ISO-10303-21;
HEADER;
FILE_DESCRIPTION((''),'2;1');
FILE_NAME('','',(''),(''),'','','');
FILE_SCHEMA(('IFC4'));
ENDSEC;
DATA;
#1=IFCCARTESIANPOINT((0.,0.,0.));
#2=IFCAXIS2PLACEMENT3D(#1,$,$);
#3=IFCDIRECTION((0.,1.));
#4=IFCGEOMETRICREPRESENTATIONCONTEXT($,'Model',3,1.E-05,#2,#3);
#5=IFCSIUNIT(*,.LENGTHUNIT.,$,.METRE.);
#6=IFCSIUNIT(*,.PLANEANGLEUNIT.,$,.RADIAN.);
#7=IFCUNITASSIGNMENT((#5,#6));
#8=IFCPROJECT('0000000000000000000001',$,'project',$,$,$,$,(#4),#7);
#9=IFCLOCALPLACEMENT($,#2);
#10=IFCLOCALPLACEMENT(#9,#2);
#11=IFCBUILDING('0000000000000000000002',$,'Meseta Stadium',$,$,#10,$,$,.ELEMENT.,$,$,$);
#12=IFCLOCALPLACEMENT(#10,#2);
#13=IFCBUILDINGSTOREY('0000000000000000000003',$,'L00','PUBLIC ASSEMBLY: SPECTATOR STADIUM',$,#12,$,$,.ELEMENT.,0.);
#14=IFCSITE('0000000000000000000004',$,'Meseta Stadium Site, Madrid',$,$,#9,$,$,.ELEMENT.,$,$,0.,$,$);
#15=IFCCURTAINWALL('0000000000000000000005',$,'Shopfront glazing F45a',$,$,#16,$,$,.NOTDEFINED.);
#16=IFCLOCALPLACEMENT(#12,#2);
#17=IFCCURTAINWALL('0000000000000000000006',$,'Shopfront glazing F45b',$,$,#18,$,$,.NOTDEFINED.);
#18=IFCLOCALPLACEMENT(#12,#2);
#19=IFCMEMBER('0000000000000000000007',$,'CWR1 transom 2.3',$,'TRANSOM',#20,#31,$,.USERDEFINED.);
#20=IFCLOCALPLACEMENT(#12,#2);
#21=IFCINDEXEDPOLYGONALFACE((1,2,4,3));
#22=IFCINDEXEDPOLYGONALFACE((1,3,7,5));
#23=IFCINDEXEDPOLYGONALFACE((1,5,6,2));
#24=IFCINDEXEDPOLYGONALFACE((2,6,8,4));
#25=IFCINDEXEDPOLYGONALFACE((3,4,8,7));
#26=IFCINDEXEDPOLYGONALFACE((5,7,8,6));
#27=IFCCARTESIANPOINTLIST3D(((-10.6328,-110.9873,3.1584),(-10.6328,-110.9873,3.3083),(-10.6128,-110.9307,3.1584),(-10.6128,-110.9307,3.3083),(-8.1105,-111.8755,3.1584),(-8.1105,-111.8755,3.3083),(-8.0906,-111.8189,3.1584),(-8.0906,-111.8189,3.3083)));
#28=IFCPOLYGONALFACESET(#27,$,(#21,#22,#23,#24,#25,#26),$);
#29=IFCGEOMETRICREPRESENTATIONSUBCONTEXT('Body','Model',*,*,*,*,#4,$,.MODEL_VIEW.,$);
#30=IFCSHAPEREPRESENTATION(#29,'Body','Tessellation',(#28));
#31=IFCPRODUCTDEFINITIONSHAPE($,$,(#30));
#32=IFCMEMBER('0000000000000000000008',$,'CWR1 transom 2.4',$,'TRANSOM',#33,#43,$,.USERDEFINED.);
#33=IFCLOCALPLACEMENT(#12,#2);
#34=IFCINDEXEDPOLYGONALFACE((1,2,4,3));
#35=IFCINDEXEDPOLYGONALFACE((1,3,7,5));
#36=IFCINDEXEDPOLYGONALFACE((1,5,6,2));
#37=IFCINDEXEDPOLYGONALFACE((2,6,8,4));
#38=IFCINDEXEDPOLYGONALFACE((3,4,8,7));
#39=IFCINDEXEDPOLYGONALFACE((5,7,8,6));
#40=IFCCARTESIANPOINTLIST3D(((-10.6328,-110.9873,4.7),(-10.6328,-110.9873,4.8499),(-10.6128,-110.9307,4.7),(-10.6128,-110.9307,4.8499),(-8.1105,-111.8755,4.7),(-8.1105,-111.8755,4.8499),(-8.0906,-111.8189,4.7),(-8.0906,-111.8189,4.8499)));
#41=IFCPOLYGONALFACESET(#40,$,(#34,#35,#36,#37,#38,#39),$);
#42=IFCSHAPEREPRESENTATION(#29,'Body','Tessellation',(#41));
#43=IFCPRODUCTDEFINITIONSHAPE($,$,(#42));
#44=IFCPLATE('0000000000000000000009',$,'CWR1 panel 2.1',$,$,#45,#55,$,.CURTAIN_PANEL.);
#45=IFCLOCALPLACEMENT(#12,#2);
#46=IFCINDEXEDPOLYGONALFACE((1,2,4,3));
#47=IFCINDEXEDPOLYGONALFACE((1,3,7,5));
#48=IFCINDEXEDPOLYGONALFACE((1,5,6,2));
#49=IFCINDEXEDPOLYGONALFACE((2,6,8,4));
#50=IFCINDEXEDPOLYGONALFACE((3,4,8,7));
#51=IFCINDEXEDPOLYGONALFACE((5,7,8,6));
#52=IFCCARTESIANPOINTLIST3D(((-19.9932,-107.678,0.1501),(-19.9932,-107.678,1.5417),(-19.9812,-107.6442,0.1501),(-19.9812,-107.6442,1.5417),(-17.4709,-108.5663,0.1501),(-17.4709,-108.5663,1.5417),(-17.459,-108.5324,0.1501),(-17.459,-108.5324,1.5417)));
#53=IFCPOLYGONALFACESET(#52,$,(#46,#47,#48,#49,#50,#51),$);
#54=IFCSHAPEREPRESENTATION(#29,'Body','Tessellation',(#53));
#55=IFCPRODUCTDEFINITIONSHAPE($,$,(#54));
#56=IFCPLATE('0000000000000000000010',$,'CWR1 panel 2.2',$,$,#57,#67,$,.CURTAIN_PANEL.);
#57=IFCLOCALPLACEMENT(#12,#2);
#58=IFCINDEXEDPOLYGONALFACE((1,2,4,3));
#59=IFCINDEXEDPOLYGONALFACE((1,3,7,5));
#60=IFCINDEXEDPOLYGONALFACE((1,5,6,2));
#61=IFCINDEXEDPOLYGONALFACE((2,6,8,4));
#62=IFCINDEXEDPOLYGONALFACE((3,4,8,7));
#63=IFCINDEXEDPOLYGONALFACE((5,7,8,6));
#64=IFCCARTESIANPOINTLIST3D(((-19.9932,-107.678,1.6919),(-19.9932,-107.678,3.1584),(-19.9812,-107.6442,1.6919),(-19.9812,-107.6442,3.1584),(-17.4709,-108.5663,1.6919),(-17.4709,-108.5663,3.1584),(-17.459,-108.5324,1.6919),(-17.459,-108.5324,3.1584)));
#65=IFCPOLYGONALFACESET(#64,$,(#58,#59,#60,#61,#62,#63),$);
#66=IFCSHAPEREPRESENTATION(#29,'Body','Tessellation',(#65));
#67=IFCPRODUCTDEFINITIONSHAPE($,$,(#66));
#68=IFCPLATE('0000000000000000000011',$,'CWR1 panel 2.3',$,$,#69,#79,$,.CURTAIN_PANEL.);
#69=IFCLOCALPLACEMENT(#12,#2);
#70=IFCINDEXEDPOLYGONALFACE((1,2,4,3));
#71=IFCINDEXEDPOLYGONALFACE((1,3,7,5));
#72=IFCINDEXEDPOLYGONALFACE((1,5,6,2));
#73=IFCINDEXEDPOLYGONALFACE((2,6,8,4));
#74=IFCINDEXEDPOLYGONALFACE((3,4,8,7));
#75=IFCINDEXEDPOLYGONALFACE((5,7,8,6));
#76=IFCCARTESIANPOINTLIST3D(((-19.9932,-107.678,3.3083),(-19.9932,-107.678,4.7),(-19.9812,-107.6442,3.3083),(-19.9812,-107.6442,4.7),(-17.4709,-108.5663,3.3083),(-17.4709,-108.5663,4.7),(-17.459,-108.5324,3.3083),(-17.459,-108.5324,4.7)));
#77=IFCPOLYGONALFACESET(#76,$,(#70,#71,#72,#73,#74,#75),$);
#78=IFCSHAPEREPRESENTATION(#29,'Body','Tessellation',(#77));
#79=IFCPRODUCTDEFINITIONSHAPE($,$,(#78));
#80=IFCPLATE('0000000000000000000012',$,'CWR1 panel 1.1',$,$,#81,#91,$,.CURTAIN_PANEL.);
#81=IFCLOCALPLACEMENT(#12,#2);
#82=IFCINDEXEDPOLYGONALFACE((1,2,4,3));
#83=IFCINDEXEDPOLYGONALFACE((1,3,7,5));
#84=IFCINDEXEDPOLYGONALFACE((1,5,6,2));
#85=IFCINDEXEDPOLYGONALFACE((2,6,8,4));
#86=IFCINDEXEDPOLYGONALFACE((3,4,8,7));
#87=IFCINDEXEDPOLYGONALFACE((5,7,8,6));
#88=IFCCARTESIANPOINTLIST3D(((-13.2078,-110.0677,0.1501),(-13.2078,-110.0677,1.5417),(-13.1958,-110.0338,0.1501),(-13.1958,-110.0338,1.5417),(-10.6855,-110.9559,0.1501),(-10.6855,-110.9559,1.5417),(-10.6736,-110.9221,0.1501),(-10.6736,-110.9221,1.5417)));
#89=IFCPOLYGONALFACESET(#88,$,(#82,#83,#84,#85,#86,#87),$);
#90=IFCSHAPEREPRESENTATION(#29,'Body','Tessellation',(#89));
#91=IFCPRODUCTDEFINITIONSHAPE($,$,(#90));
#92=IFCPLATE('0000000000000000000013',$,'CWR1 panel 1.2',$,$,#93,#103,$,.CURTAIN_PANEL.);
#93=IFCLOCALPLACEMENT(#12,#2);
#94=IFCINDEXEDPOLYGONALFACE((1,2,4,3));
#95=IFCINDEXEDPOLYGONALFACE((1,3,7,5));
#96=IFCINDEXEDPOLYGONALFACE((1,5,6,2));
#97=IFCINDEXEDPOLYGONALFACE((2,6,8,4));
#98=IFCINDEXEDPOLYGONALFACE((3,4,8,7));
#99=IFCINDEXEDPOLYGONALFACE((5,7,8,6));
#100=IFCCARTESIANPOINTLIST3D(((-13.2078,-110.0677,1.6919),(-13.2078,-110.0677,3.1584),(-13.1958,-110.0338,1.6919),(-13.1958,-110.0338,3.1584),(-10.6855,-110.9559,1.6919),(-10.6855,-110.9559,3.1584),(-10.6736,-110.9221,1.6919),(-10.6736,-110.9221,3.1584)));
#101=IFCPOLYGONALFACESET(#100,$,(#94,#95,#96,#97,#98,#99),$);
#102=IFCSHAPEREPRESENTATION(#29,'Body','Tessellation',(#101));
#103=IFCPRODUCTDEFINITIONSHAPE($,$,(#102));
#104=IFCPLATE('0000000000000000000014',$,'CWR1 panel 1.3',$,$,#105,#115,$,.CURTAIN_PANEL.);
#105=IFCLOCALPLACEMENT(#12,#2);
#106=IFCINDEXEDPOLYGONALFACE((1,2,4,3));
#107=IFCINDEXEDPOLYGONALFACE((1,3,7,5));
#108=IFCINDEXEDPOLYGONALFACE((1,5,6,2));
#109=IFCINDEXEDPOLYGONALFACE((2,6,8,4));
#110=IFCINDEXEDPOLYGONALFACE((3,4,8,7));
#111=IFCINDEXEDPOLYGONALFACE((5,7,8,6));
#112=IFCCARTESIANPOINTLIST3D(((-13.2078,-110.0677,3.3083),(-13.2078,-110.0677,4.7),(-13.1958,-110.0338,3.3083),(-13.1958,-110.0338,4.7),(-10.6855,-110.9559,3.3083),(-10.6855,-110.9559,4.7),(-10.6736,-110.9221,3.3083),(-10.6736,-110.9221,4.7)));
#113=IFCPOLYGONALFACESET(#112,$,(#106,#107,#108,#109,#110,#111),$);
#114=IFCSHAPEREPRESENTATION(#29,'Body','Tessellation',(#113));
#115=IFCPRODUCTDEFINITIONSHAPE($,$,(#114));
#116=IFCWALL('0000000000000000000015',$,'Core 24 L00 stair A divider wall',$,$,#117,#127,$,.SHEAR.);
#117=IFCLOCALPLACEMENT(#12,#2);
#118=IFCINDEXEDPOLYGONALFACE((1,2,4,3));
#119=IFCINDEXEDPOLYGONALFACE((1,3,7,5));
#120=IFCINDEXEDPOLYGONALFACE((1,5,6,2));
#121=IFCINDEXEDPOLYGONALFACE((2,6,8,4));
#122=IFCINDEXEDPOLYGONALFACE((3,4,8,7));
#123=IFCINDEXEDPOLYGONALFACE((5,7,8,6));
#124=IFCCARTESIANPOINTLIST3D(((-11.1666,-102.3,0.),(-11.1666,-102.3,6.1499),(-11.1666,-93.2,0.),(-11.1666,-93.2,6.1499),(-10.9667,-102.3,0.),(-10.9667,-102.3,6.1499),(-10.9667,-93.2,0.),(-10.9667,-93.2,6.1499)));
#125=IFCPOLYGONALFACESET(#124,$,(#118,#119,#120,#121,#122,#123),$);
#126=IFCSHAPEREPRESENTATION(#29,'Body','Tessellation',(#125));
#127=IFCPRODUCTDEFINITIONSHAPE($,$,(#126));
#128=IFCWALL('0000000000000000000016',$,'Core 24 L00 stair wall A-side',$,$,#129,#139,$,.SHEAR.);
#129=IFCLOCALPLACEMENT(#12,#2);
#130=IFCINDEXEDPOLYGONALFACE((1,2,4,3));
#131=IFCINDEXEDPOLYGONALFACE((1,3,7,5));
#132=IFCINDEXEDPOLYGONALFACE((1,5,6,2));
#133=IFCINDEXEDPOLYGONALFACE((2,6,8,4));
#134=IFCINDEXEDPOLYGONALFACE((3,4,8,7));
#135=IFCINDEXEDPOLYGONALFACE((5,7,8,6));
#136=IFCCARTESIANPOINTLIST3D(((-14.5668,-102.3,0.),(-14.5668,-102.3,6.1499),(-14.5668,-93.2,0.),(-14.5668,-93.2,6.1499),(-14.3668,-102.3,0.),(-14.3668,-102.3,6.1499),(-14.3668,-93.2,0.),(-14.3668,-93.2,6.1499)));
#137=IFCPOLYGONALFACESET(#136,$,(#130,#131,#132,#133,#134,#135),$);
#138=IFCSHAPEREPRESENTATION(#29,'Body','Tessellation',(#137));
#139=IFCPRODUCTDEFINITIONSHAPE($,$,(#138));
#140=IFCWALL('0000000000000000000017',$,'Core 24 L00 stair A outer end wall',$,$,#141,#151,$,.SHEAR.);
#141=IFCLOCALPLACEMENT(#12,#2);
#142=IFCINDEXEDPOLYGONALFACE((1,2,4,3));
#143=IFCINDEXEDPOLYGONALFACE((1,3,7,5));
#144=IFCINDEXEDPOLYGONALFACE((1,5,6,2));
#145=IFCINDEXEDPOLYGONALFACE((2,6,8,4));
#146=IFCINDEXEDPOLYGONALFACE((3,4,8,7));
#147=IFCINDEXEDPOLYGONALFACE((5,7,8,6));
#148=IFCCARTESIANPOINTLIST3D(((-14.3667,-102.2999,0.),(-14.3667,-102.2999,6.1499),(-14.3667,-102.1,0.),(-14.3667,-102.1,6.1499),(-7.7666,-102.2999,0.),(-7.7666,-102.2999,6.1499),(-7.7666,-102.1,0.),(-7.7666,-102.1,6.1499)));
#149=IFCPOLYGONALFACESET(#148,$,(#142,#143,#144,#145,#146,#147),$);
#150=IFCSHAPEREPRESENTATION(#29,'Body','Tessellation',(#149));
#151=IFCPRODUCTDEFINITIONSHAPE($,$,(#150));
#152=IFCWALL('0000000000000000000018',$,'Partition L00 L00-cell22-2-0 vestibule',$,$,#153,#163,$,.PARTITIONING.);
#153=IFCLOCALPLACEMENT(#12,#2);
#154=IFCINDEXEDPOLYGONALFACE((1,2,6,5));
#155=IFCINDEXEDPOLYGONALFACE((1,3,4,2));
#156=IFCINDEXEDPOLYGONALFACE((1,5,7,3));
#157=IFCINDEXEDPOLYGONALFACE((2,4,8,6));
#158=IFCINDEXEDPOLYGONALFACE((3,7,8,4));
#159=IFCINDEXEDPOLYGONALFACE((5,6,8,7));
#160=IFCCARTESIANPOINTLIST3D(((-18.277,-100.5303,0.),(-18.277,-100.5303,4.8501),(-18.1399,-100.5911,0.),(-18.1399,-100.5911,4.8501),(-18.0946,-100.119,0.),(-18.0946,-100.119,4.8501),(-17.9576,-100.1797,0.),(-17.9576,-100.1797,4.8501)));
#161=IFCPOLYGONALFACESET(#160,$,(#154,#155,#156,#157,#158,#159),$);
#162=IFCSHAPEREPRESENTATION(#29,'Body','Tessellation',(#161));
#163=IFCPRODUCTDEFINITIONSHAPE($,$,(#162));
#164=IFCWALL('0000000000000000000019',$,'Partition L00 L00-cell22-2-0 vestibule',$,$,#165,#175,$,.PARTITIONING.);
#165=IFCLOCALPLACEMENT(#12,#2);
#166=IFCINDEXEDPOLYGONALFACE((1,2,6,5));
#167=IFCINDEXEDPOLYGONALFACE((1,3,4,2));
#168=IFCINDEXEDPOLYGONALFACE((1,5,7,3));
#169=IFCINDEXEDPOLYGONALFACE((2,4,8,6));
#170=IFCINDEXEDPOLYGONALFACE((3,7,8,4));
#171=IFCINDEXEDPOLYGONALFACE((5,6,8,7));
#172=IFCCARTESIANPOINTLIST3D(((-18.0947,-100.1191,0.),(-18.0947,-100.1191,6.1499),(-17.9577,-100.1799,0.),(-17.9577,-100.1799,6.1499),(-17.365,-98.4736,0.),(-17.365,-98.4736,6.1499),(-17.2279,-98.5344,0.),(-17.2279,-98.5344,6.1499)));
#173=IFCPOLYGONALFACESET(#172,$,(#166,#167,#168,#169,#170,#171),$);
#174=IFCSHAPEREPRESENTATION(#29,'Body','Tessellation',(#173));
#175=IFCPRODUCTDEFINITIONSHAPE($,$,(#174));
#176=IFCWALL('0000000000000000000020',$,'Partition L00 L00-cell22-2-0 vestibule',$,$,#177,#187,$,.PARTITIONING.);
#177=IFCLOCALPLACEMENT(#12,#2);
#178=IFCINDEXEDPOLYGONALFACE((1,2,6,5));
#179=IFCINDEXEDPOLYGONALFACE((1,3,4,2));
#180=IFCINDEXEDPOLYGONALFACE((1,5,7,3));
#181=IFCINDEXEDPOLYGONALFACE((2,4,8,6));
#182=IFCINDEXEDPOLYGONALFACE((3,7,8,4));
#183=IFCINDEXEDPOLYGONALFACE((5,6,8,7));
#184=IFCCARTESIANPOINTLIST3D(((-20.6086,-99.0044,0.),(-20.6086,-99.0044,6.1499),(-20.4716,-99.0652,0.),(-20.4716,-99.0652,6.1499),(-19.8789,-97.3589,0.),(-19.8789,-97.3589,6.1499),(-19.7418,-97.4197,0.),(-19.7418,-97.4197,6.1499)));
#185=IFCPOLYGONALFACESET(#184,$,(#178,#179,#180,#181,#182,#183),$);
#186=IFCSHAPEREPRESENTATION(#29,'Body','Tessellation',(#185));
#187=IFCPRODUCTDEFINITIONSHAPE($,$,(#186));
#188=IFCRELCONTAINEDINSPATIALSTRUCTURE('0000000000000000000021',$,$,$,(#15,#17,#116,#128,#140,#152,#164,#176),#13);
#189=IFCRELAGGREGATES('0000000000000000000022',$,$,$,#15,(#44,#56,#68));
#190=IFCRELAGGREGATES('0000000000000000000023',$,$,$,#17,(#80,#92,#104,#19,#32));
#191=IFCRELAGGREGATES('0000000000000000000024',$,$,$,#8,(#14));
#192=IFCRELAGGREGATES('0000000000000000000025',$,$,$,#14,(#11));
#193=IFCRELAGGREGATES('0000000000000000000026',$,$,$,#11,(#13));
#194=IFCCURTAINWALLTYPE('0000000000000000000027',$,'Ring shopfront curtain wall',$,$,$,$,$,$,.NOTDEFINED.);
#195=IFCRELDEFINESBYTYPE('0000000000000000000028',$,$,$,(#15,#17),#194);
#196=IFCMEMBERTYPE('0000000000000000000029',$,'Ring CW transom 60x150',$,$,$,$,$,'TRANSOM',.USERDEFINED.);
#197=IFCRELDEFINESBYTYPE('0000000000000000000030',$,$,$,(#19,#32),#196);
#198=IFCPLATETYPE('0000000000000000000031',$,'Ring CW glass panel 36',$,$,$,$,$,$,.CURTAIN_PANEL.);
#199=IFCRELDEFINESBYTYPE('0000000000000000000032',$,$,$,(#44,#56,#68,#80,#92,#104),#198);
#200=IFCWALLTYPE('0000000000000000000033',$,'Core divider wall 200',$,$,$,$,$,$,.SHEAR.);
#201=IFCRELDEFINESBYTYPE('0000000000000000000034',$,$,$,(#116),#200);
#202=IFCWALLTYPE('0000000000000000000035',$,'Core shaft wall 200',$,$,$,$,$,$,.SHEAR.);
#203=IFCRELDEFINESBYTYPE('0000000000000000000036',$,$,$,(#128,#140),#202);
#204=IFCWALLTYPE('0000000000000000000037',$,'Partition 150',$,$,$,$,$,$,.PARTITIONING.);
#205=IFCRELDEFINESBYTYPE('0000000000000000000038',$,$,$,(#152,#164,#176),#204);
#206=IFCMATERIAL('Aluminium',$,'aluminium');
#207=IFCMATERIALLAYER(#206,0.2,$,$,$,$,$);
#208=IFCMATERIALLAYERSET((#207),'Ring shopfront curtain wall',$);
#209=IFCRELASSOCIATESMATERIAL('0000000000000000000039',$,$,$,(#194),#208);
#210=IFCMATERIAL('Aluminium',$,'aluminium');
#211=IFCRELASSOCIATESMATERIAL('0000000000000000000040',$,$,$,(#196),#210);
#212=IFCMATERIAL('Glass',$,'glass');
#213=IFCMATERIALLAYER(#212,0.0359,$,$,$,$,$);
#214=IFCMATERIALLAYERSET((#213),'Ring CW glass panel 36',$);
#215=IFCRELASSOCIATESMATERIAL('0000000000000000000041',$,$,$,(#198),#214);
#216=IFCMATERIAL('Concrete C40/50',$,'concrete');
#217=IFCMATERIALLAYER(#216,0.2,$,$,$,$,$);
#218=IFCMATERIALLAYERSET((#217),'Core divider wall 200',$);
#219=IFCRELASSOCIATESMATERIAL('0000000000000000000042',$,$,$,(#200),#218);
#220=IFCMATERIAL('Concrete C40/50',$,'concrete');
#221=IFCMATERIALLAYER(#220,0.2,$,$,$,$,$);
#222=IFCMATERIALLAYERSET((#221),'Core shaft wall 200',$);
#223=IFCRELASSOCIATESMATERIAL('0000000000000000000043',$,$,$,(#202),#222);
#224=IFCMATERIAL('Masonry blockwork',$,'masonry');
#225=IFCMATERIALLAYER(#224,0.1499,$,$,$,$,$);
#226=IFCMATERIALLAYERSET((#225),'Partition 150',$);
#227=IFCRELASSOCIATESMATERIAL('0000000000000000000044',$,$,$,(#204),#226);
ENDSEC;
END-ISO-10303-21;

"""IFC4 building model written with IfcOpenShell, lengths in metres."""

from ifc_helpers import new_model, si_unit, direction, frame, frame_2d, origin, origin_2d, place, context, subcontext, project, spatial, rectangle, extrude, material, layer, layer_set, material_profile, profile_set, type_object, element, aggregate, save


model = new_model("IFC4")

# Units and contexts
model_context = context("Model", 3, precision=1e-05, world=origin(), true_north=direction((0.0, 1.0)))
body_context = subcontext(model_context, "Body", "Model", "MODEL_VIEW")
ifc_project = project(units=[si_unit("LENGTHUNIT", "METRE"), si_unit("PLANEANGLEUNIT", "RADIAN")], contexts=[model_context])

# Site, building, storey
site_placement = place(None, origin())
site = spatial("IfcSite", under=ifc_project, at=site_placement, Name="Meseta Stadium Site, Madrid", CompositionType="ELEMENT", RefElevation=0.0)
building_placement = place(site_placement, origin())
building = spatial("IfcBuilding", under=site, at=building_placement, Name="Meseta Stadium", CompositionType="ELEMENT")
storey_placement = place(building_placement, origin())
storey = spatial("IfcBuildingStorey", under=building, at=storey_placement, Name="L00", Description="PUBLIC ASSEMBLY: SPECTATOR STADIUM", CompositionType="ELEMENT", Elevation=0.0)

# Curtain walls
ifc_material_1 = material(Name="Aluminium", Category="aluminium")
ifc_layer_1 = layer(ifc_material_1, 0.2)
ifc_layer_set_1 = layer_set([ifc_layer_1], Name="Ring shopfront curtain wall")
curtain_wall_type = type_object("IfcCurtainWallType", Name="Ring shopfront curtain wall", PredefinedType="NOTDEFINED", material=ifc_layer_set_1)
curtain_wall_1_placement = place(storey_placement, origin())
curtain_wall_1 = element("IfcCurtainWall", 1, at=curtain_wall_1_placement, inside=storey, type_object=curtain_wall_type, Name="Shopfront glazing F45a", PredefinedType="NOTDEFINED")
curtain_wall_2_placement = place(storey_placement, origin())
curtain_wall_2 = element("IfcCurtainWall", 2, at=curtain_wall_2_placement, inside=storey, type_object=curtain_wall_type, Name="Shopfront glazing F45b", PredefinedType="NOTDEFINED")

# Members
ifc_material_2 = material(Name="Aluminium", Category="aluminium")
ifc_material_profile_1 = material_profile(ifc_material_2, rectangle(XDim=0.0601, YDim=0.1499, at=origin_2d()), Name="CW 60x150")
ifc_profile_set_1 = profile_set([ifc_material_profile_1], Name="Aluminium")
member_type_1 = type_object("IfcMemberType", Name="Ring CW transom 60x150", ElementType="TRANSOM", PredefinedType="USERDEFINED", material=ifc_profile_set_1)
member_1_placement = place(storey_placement, frame((-10.6228, -110.959, 3.2334), z_axis=(0.943226, -0.332151, 0.0), x_axis=(0.332151, 0.943226, 0.0)))
member_1 = element("IfcMember", 3, at=member_1_placement, type_object=member_type_1, Name="CWR1 transom 2.3", ObjectType="TRANSOM", PredefinedType="USERDEFINED", context=body_context, shape_type="SweptSolid", body=[
    extrude(rectangle(XDim=0.0601, YDim=0.1499, at=origin_2d()), origin(), (0.0, 0.0, 1.0), 2.6741),
])
member_2_placement = place(storey_placement, frame((-10.6228, -110.959, 4.7749), z_axis=(0.943226, -0.332151, 0.0), x_axis=(0.332151, 0.943226, 0.0)))
member_2 = element("IfcMember", 4, at=member_2_placement, type_object=member_type_1, Name="CWR1 transom 2.4", ObjectType="TRANSOM", PredefinedType="USERDEFINED", context=body_context, shape_type="SweptSolid", body=[
    extrude(rectangle(XDim=0.0601, YDim=0.1499, at=origin_2d()), origin(), (0.0, 0.0, 1.0), 2.6741),
])

# Plates
ifc_material_3 = material(Name="Glass", Category="glass")
ifc_layer_2 = layer(ifc_material_3, 0.0359)
ifc_layer_set_2 = layer_set([ifc_layer_2], Name="Ring CW glass panel 36")
plate_type = type_object("IfcPlateType", Name="Ring CW glass panel 36", PredefinedType="CURTAIN_PANEL", material=ifc_layer_set_2)
plate_1_placement = place(storey_placement, frame((-18.7261, -108.1052, 0.1501), z_axis=(0.0, 0.0, 1.0), x_axis=(0.94322, -0.33217, 0.0)))
plate_1 = element("IfcPlate", 5, at=plate_1_placement, type_object=plate_type, Name="CWR1 panel 2.1", PredefinedType="CURTAIN_PANEL", context=body_context, shape_type="SweptSolid", body=[
    extrude(rectangle(XDim=2.6741, YDim=0.0359, at=origin_2d()), origin(), (0.0, 0.0, 1.0), 1.3916),
])
plate_2_placement = place(storey_placement, frame((-18.7261, -108.1052, 1.6919), z_axis=(0.0, 0.0, 1.0), x_axis=(0.94322, -0.33217, 0.0)))
plate_2 = element("IfcPlate", 6, at=plate_2_placement, type_object=plate_type, Name="CWR1 panel 2.2", PredefinedType="CURTAIN_PANEL", context=body_context, shape_type="SweptSolid", body=[
    extrude(rectangle(XDim=2.6741, YDim=0.0359, at=origin_2d()), origin(), (0.0, 0.0, 1.0), 1.4666),
])
plate_3_placement = place(storey_placement, frame((-18.7261, -108.1052, 3.3083), z_axis=(0.0, 0.0, 1.0), x_axis=(0.94322, -0.33217, 0.0)))
plate_3 = element("IfcPlate", 7, at=plate_3_placement, type_object=plate_type, Name="CWR1 panel 2.3", PredefinedType="CURTAIN_PANEL", context=body_context, shape_type="SweptSolid", body=[
    extrude(rectangle(XDim=2.6741, YDim=0.0359, at=origin_2d()), origin(), (0.0, 0.0, 1.0), 1.3916),
])
aggregate(curtain_wall_1, [plate_1, plate_2, plate_3])
plate_4_placement = place(storey_placement, frame((-11.9407, -110.4949, 0.1501), z_axis=(0.0, 0.0, 1.0), x_axis=(0.94322, -0.33217, 0.0)))
plate_4 = element("IfcPlate", 8, at=plate_4_placement, type_object=plate_type, Name="CWR1 panel 1.1", PredefinedType="CURTAIN_PANEL", context=body_context, shape_type="SweptSolid", body=[
    extrude(rectangle(XDim=2.6741, YDim=0.0359, at=origin_2d()), origin(), (0.0, 0.0, 1.0), 1.3916),
])
plate_5_placement = place(storey_placement, frame((-11.9407, -110.4949, 1.6919), z_axis=(0.0, 0.0, 1.0), x_axis=(0.94322, -0.33217, 0.0)))
plate_5 = element("IfcPlate", 9, at=plate_5_placement, type_object=plate_type, Name="CWR1 panel 1.2", PredefinedType="CURTAIN_PANEL", context=body_context, shape_type="SweptSolid", body=[
    extrude(rectangle(XDim=2.6741, YDim=0.0359, at=origin_2d()), origin(), (0.0, 0.0, 1.0), 1.4666),
])
plate_6_placement = place(storey_placement, frame((-11.9407, -110.4949, 3.3083), z_axis=(0.0, 0.0, 1.0), x_axis=(0.94322, -0.33217, 0.0)))
plate_6 = element("IfcPlate", 10, at=plate_6_placement, type_object=plate_type, Name="CWR1 panel 1.3", PredefinedType="CURTAIN_PANEL", context=body_context, shape_type="SweptSolid", body=[
    extrude(rectangle(XDim=2.6741, YDim=0.0359, at=origin_2d()), origin(), (0.0, 0.0, 1.0), 1.3916),
])
aggregate(curtain_wall_2, [plate_4, plate_5, plate_6, member_1, member_2])

# Walls
ifc_material_4 = material(Name="Concrete C40/50", Category="concrete")
ifc_layer_3 = layer(ifc_material_4, 0.2)
ifc_layer_set_3 = layer_set([ifc_layer_3], Name="Core divider wall 200")
wall_type_1 = type_object("IfcWallType", Name="Core divider wall 200", PredefinedType="SHEAR", material=ifc_layer_set_3)
wall_1_placement = place(storey_placement, frame((-11.0667, -102.3, 0.0), z_axis=(0.0, 0.0, 1.0), x_axis=(0.0, 1.0, 0.0)))
element("IfcWall", 11, at=wall_1_placement, inside=storey, type_object=wall_type_1, Name="Core 24 L00 stair A divider wall", PredefinedType="SHEAR", context=body_context, shape_type="SweptSolid", body=[
    extrude(rectangle(XDim=9.1001, YDim=0.2, at=frame_2d((4.55, 0.0))), origin(), (0.0, 0.0, 1.0), 6.1499),
])
ifc_material_5 = material(Name="Concrete C40/50", Category="concrete")
ifc_layer_4 = layer(ifc_material_5, 0.2)
ifc_layer_set_4 = layer_set([ifc_layer_4], Name="Core shaft wall 200")
wall_type_2 = type_object("IfcWallType", Name="Core shaft wall 200", PredefinedType="SHEAR", material=ifc_layer_set_4)
wall_2_placement = place(storey_placement, frame((-14.4668, -102.3, 0.0), z_axis=(0.0, 0.0, 1.0), x_axis=(0.0, 1.0, 0.0)))
element("IfcWall", 12, at=wall_2_placement, inside=storey, type_object=wall_type_2, Name="Core 24 L00 stair wall A-side", PredefinedType="SHEAR", context=body_context, shape_type="SweptSolid", body=[
    extrude(rectangle(XDim=9.1001, YDim=0.2, at=frame_2d((4.55, 0.0))), origin(), (0.0, 0.0, 1.0), 6.1499),
])
wall_3_placement = place(storey_placement, frame((-14.3667, -102.2, 0.0), z_axis=(0.0, 0.0, 1.0), x_axis=(1.0, 0.0, 0.0)))
element("IfcWall", 13, at=wall_3_placement, inside=storey, type_object=wall_type_2, Name="Core 24 L00 stair A outer end wall", PredefinedType="SHEAR", context=body_context, shape_type="SweptSolid", body=[
    extrude(rectangle(XDim=6.6001, YDim=0.2, at=frame_2d((3.3, 0.0))), origin(), (0.0, 0.0, 1.0), 6.1499),
])
ifc_material_6 = material(Name="Masonry blockwork", Category="masonry")
ifc_layer_5 = layer(ifc_material_6, 0.1499)
ifc_layer_set_5 = layer_set([ifc_layer_5], Name="Partition 150")
wall_type_3 = type_object("IfcWallType", Name="Partition 150", PredefinedType="PARTITIONING", material=ifc_layer_set_5)
wall_4_placement = place(storey_placement, frame((-18.2085, -100.5608, 0.0), z_axis=(0.0, 0.0, 1.0), x_axis=(0.405283, 0.914191, 0.0)))
element("IfcWall", 14, at=wall_4_placement, inside=storey, type_object=wall_type_3, Name="Partition L00 L00-cell22-2-0 vestibule", PredefinedType="PARTITIONING", context=body_context, shape_type="SweptSolid", body=[
    extrude(rectangle(XDim=0.45, YDim=0.1499, at=frame_2d((0.2251, 0.0))), origin(), (0.0, 0.0, 1.0), 4.8501),
])
for number, where, z_axis, x_axis, name in (
    (15, (-18.0261, -100.1494, 0.0), (0.0, 0.0, 1.0), (0.405396, 0.914141, 0.0), "Partition L00 L00-cell22-2-0 vestibule"),
    (16, (-20.54, -99.0347, 0.0), (0.0, 0.0, 1.0), (0.405396, 0.914141, 0.0), "Partition L00 L00-cell22-2-0 vestibule"),
):
    element("IfcWall", number, at=place(storey_placement, frame(where, z_axis=z_axis, x_axis=x_axis)), inside=storey, type_object=wall_type_3, Name=name, PredefinedType="PARTITIONING", context=body_context, shape_type="SweptSolid", body=[
        extrude(rectangle(XDim=1.8, YDim=0.1499, at=frame_2d((0.8999, 0.0))), origin(), (0.0, 0.0, 1.0), 6.1499),
    ])

save(model, "model.ifc")
